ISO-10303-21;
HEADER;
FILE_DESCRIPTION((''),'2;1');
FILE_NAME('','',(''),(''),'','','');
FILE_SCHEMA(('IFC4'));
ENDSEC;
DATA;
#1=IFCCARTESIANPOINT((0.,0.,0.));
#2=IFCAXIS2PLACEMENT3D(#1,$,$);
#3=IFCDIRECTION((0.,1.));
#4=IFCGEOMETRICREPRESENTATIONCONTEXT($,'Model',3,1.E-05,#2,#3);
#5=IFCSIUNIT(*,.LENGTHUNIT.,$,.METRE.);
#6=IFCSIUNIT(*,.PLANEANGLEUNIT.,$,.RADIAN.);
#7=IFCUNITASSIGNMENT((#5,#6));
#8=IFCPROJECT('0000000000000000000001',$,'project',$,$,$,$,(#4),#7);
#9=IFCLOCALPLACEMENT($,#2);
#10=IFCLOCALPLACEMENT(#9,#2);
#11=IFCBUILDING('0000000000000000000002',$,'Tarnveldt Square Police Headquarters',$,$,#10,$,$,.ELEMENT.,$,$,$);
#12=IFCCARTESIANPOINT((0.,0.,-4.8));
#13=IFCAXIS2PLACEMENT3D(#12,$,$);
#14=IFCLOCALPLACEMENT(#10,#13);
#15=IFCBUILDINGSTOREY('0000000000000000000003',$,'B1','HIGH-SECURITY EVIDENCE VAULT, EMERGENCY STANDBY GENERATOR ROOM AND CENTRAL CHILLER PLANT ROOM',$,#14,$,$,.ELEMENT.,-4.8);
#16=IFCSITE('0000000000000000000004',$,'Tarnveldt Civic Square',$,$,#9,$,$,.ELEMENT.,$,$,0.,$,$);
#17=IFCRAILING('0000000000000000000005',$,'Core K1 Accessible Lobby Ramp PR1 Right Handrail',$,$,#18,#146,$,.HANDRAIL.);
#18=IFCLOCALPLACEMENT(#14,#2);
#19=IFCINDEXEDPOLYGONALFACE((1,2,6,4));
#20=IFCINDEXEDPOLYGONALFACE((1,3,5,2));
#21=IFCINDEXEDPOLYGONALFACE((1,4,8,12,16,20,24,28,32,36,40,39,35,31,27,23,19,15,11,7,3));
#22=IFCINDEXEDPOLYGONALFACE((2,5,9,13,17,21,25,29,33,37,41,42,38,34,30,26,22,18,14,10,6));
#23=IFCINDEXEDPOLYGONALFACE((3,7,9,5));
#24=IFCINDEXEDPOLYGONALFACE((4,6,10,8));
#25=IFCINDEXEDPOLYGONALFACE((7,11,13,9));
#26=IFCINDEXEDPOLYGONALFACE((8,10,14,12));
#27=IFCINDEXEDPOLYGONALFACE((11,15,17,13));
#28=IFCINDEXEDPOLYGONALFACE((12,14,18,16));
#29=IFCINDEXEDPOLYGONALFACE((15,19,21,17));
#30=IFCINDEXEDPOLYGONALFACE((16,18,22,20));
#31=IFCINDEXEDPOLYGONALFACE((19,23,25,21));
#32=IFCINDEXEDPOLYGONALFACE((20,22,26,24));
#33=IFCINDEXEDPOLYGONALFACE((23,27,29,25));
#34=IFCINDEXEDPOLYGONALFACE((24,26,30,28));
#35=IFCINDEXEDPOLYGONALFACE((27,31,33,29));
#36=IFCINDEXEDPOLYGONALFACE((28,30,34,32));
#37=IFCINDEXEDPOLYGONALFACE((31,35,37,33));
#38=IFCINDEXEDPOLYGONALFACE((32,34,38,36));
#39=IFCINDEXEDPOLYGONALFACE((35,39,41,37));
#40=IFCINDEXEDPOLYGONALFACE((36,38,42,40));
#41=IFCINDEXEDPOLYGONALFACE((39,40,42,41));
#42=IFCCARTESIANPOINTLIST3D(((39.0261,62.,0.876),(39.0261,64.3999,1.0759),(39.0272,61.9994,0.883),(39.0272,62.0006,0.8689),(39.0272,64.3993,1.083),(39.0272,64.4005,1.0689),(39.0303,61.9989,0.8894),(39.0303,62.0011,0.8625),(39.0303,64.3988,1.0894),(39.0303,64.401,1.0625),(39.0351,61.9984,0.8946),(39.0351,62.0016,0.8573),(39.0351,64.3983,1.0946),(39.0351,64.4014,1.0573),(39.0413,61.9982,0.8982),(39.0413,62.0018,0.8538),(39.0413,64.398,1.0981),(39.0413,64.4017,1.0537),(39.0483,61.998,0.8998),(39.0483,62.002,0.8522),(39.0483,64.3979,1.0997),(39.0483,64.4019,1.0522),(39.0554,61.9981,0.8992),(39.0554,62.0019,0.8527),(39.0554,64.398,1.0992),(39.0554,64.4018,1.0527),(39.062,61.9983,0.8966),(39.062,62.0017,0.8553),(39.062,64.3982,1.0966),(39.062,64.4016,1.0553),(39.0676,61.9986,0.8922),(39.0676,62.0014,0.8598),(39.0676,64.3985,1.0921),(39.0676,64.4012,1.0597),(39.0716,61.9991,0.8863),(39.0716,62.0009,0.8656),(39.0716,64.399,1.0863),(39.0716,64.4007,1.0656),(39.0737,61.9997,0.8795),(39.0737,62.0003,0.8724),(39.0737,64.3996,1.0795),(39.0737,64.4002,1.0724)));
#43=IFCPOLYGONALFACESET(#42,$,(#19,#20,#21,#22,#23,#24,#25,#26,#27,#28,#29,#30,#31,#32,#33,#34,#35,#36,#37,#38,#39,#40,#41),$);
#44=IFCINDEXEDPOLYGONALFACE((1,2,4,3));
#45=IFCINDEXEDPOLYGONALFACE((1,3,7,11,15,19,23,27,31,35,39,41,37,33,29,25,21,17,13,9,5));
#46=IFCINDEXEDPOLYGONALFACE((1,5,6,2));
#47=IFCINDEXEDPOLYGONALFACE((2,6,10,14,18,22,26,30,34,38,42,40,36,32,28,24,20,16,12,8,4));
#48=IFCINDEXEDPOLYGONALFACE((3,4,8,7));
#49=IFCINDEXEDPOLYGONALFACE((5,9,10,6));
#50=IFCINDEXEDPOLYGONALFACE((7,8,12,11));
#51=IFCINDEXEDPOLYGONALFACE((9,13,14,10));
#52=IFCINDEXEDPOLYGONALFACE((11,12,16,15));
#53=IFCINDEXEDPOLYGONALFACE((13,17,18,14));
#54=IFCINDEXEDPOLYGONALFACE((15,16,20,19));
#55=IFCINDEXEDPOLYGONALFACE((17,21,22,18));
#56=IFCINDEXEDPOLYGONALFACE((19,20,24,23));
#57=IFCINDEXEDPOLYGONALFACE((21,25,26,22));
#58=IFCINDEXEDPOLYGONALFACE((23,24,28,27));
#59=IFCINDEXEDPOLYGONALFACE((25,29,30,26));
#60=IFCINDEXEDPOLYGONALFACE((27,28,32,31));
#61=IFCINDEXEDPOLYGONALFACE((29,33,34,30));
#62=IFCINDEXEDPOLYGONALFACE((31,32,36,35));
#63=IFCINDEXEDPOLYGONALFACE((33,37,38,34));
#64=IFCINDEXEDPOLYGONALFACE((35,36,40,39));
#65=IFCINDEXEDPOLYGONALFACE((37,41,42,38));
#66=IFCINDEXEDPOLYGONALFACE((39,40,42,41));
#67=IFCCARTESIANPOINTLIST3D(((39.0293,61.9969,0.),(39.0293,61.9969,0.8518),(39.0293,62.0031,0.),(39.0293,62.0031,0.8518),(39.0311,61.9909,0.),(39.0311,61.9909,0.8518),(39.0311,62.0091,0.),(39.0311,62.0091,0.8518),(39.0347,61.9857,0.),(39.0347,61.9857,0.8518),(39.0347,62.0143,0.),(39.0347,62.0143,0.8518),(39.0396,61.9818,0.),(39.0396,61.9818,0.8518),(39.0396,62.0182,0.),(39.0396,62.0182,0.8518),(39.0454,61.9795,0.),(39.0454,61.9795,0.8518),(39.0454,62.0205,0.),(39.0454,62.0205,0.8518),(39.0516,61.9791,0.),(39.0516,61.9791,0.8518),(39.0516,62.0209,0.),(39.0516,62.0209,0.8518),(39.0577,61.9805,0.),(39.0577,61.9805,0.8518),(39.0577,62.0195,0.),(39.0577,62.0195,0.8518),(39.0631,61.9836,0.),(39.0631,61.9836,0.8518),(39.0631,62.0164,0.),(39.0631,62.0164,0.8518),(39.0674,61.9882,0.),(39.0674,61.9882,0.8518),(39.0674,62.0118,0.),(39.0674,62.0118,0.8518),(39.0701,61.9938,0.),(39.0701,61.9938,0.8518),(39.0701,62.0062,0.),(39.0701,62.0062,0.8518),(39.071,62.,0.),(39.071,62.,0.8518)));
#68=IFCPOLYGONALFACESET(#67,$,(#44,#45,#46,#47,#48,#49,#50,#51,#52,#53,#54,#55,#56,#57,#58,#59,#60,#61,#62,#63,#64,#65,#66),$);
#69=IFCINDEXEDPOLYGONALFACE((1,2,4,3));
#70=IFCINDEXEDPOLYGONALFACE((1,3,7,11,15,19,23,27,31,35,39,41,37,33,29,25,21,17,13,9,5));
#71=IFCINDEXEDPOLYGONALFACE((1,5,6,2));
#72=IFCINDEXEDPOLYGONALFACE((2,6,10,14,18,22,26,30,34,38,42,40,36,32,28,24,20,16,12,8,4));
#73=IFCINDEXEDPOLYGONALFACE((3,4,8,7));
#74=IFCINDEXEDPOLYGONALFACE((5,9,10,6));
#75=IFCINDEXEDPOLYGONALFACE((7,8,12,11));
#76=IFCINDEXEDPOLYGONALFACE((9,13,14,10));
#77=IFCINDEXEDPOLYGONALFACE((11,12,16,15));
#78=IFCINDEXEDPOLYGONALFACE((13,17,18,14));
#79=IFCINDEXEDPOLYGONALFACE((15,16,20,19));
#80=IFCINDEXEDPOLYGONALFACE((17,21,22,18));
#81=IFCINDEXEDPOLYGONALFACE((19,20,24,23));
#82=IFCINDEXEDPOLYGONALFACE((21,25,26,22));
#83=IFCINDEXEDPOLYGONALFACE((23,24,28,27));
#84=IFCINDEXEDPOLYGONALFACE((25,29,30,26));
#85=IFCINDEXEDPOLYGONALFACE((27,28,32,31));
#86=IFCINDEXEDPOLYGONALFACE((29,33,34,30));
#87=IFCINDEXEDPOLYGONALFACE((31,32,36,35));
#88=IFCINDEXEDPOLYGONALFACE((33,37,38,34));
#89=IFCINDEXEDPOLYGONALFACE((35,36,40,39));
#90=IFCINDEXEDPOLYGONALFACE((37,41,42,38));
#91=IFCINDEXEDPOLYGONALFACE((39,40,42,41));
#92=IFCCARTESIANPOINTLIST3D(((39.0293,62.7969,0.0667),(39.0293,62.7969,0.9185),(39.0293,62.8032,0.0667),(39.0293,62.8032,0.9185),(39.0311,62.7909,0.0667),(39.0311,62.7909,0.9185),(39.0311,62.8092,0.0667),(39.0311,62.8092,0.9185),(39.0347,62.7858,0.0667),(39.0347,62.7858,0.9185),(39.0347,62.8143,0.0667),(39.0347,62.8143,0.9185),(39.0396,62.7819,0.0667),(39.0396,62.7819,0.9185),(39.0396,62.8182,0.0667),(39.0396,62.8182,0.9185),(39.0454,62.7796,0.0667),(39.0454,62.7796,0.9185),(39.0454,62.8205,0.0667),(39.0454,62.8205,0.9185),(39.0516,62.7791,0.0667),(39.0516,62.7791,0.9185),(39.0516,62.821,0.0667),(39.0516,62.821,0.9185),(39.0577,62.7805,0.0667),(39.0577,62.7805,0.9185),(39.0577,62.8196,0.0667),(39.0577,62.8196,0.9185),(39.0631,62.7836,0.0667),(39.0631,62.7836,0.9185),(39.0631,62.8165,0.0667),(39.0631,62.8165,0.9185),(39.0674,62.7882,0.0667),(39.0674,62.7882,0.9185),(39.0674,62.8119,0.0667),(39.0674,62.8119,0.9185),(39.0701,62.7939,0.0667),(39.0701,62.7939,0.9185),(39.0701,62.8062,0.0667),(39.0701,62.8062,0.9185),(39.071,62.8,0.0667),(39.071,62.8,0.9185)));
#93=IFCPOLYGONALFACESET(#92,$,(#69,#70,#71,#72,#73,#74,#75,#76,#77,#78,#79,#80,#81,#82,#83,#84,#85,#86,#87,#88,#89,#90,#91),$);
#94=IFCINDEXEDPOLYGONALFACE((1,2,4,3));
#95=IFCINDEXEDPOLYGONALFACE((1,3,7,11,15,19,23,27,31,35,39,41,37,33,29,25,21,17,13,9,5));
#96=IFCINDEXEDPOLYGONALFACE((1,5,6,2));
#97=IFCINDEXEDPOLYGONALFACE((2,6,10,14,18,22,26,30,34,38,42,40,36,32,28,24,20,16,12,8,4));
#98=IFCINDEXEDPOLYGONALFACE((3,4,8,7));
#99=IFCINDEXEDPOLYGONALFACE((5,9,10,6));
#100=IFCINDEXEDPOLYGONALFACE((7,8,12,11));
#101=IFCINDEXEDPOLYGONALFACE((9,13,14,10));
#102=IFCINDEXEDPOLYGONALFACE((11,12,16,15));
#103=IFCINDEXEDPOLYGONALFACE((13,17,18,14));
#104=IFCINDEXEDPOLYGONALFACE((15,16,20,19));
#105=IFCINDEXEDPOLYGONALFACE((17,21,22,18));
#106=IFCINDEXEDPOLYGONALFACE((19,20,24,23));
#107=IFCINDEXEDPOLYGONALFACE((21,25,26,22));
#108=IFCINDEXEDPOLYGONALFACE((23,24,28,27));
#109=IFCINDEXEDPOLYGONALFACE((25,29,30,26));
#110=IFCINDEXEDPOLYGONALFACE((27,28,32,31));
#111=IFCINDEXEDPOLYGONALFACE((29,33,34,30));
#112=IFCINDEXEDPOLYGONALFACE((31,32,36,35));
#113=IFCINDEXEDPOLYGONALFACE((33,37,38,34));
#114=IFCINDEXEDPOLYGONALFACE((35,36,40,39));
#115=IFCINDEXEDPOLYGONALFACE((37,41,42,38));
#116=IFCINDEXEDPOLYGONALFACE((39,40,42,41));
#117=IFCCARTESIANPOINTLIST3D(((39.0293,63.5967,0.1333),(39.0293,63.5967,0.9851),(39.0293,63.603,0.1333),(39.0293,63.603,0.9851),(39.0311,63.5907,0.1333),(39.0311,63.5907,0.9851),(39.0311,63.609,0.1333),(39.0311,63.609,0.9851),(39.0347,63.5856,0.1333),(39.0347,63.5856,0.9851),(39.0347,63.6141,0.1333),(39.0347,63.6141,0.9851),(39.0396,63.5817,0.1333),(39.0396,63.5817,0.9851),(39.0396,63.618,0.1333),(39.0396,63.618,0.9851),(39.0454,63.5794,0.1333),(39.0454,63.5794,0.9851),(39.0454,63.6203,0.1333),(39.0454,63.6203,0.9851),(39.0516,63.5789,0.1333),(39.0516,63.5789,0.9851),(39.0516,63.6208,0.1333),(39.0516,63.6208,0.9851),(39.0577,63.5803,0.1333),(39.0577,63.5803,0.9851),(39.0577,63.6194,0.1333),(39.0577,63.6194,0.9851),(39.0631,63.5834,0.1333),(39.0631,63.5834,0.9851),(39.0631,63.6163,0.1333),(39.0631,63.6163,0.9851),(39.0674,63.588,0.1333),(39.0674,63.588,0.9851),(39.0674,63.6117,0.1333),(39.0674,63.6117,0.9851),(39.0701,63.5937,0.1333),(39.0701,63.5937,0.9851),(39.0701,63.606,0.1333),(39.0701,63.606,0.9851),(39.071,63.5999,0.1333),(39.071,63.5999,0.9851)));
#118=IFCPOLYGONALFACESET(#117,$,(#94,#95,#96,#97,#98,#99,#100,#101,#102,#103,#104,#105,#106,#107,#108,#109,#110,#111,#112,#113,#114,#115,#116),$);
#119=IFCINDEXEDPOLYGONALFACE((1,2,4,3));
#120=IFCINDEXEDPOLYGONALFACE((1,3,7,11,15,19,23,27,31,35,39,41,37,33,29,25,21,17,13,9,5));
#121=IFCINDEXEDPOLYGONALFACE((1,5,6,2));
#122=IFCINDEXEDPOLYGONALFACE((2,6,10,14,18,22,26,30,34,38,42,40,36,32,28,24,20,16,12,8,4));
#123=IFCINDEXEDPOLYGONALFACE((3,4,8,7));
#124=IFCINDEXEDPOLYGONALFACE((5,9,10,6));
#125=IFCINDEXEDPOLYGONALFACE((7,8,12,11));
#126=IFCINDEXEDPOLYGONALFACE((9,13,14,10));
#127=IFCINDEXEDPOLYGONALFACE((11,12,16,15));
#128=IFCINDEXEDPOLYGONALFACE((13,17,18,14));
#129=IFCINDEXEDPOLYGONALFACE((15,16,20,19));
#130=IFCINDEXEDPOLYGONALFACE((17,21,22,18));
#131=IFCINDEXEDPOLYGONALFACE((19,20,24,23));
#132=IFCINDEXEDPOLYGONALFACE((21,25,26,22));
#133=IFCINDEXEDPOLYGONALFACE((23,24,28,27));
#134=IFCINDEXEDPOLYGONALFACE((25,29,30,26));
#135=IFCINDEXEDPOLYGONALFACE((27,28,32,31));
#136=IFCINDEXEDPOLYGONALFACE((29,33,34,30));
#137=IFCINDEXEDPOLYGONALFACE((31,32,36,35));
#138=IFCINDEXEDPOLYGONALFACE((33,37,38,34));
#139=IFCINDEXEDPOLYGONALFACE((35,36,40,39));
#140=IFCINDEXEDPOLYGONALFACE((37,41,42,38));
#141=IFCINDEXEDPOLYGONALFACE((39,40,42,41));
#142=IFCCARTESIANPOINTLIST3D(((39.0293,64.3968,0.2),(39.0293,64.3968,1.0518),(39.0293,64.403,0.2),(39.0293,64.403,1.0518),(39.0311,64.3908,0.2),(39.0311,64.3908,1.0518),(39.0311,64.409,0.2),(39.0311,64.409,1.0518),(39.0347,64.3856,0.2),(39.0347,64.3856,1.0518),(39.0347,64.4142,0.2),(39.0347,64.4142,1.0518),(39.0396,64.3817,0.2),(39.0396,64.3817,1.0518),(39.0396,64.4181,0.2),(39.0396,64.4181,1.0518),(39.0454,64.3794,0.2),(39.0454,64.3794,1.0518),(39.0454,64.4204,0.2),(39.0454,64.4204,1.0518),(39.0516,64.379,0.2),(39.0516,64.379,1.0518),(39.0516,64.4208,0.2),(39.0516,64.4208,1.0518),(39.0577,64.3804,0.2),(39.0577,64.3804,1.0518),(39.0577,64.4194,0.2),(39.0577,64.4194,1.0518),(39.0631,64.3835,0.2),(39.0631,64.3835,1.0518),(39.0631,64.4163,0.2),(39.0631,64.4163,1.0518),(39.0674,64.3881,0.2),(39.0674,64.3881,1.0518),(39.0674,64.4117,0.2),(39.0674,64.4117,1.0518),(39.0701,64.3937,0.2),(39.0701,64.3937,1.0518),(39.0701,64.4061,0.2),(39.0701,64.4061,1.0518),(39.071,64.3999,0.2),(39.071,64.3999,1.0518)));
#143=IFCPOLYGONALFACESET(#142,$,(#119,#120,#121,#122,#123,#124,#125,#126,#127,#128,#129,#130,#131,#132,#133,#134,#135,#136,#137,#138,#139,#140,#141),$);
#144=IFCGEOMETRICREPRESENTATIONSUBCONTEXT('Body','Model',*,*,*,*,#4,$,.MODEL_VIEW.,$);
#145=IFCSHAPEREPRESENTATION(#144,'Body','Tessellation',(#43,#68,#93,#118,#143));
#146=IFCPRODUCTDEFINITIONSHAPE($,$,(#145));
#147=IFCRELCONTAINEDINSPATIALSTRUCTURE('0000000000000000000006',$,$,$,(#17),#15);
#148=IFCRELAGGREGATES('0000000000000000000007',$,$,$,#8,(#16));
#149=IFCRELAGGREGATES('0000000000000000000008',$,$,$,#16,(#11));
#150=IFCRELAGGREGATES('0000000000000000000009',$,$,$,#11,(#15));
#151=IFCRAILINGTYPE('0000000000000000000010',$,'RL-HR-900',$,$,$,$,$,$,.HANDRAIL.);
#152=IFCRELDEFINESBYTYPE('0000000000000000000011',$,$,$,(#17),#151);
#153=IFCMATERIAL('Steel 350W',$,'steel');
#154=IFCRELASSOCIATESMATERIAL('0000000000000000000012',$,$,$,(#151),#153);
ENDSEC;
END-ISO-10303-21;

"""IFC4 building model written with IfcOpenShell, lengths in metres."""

from ifc_helpers import new_model, si_unit, direction, frame, origin, origin_2d, place, context, subcontext, project, spatial, circle, extrude, material, type_object, element, save


model = new_model("IFC4")

# Units and contexts
model_context = context("Model", 3, precision=1e-05, world=origin(), true_north=direction((0.0, 1.0)))
body_context = subcontext(model_context, "Body", "Model", "MODEL_VIEW")
ifc_project = project(units=[si_unit("LENGTHUNIT", "METRE"), si_unit("PLANEANGLEUNIT", "RADIAN")], contexts=[model_context])

# Site, building, storey
site_placement = place(None, origin())
site = spatial("IfcSite", under=ifc_project, at=site_placement, Name="Tarnveldt Civic Square", CompositionType="ELEMENT", RefElevation=0.0)
building_placement = place(site_placement, origin())
building = spatial("IfcBuilding", under=site, at=building_placement, Name="Tarnveldt Square Police Headquarters", CompositionType="ELEMENT")
storey_placement = place(building_placement, frame((0.0, 0.0, -4.8)))
storey = spatial("IfcBuildingStorey", under=building, at=storey_placement, Name="B1", Description="HIGH-SECURITY EVIDENCE VAULT, EMERGENCY STANDBY GENERATOR ROOM AND CENTRAL CHILLER PLANT ROOM", CompositionType="ELEMENT", Elevation=-4.8)

# Railing
ifc_material_1 = material(Name="Steel 350W", Category="steel")
railing_type = type_object("IfcRailingType", Name="RL-HR-900", PredefinedType="HANDRAIL", material=ifc_material_1)
for number, where, name in (
    (1, (39.05, 62.0, 0.0), "Core K1 Accessible Lobby Ramp PR1 Right Handrail"),
):
    element("IfcRailing", number, at=place(storey_placement, frame(where)), inside=storey, type_object=railing_type, Name=name, PredefinedType="HANDRAIL", context=body_context, shape_type="SweptSolid", body=[
        extrude(circle(Radius=0.0239, at=origin_2d()), frame((0.0, 0.0, 0.876), z_axis=(0.0, 0.996547, 0.083029), x_axis=(-1.0, 0.0, 0.0)), (0.0, 0.0, 1.0), 2.4082),
        extrude(circle(Radius=0.021, at=origin_2d()), origin(), (0.0, 0.0, 1.0), 0.8518),
        extrude(circle(Radius=0.021, at=origin_2d()), frame((0.0, 0.8, 0.0667)), (0.0, 0.0, 1.0), 0.8518),
        extrude(circle(Radius=0.021, at=origin_2d()), frame((0.0, 1.5999, 0.1333)), (0.0, 0.0, 1.0), 0.8518),
        extrude(circle(Radius=0.021, at=origin_2d()), frame((0.0, 2.3999, 0.2)), (0.0, 0.0, 1.0), 0.8518),
    ])

save(model, "model.ifc")
